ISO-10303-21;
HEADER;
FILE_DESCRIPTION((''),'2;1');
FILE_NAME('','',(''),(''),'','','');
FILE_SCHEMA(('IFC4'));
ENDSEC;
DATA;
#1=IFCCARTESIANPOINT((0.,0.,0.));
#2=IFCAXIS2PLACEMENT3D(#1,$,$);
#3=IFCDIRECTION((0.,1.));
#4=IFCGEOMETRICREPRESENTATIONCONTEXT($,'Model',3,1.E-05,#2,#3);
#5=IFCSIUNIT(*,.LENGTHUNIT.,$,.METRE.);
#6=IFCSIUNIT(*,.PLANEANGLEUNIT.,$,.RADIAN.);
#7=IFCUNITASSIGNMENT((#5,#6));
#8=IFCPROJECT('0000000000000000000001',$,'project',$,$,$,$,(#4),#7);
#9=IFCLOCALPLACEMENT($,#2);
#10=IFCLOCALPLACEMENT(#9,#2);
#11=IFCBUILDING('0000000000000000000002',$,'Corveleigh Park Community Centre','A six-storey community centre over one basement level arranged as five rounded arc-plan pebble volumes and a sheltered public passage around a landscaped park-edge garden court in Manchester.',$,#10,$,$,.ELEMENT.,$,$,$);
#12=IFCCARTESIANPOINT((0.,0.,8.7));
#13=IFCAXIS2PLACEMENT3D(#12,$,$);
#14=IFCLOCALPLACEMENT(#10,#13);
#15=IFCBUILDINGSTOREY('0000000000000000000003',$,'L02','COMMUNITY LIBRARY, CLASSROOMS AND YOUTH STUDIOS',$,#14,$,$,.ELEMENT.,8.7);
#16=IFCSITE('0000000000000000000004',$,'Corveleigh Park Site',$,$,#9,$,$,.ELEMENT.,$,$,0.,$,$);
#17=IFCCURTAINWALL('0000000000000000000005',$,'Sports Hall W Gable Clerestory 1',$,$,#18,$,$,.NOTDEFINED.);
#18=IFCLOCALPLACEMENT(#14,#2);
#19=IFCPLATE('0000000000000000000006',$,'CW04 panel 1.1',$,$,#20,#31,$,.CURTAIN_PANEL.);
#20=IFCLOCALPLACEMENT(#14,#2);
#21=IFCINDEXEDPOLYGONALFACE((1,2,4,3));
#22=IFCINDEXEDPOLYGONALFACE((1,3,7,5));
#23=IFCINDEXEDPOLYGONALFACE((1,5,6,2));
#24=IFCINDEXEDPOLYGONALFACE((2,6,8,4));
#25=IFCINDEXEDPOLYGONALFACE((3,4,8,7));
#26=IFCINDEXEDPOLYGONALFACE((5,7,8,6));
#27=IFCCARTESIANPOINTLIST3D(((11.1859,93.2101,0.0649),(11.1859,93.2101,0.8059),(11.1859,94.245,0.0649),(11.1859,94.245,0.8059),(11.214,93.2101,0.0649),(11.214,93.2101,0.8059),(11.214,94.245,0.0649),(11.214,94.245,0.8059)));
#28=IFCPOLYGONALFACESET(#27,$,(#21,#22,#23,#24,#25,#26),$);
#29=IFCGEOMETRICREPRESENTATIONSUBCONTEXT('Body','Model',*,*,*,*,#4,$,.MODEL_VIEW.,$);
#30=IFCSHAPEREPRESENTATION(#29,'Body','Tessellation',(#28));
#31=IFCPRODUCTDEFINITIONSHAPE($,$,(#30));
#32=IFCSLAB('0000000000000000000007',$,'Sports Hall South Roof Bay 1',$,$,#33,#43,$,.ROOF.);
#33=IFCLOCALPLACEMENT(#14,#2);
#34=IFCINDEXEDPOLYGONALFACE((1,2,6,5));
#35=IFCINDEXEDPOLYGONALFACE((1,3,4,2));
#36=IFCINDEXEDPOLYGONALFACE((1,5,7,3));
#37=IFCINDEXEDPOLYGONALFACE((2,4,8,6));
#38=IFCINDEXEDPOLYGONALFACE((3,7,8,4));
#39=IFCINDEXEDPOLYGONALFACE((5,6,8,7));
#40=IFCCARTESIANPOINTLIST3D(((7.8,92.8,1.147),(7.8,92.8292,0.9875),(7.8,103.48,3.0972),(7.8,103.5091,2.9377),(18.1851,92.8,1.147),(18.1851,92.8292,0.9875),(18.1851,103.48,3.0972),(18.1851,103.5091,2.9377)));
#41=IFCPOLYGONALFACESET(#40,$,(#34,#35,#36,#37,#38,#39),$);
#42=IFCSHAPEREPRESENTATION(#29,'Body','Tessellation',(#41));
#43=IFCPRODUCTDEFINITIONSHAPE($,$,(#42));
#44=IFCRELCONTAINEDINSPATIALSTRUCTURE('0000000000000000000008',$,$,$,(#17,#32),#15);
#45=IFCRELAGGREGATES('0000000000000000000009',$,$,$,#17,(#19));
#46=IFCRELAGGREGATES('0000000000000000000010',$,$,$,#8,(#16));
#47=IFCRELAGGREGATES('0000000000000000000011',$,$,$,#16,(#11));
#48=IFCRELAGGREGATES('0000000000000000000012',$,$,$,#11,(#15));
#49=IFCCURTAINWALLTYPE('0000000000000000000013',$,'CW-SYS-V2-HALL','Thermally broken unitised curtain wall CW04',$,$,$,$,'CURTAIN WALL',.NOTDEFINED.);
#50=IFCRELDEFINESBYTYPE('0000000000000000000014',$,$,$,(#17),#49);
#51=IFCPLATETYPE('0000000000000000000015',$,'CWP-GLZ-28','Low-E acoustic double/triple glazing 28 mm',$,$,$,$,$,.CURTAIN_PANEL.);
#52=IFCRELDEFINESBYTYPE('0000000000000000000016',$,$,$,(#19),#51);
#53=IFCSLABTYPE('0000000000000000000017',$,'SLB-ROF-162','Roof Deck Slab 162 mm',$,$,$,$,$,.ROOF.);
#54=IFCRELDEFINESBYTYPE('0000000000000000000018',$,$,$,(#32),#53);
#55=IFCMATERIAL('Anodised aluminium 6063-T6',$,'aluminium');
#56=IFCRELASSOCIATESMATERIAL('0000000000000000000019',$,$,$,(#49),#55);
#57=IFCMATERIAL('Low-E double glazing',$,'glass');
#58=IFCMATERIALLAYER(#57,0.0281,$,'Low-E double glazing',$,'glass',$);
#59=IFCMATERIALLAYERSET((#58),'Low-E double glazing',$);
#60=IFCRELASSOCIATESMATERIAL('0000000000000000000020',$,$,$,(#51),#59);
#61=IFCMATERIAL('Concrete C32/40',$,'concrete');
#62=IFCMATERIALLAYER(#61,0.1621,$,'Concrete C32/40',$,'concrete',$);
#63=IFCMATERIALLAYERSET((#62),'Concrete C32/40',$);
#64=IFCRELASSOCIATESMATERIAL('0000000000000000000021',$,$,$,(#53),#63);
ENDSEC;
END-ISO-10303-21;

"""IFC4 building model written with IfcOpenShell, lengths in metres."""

from ifc_helpers import new_model, si_unit, direction, frame, origin, origin_2d, place, context, subcontext, project, spatial, polyline, rectangle, outline, extrude, material, layer, layer_set, type_object, element, aggregate, save


model = new_model("IFC4")

# Units and contexts
model_context = context("Model", 3, precision=1e-05, world=origin(), true_north=direction((0.0, 1.0)))
body_context = subcontext(model_context, "Body", "Model", "MODEL_VIEW")
ifc_project = project(units=[si_unit("LENGTHUNIT", "METRE"), si_unit("PLANEANGLEUNIT", "RADIAN")], contexts=[model_context])

# Site, building, storey
site_placement = place(None, origin())
site = spatial("IfcSite", under=ifc_project, at=site_placement, Name="Corveleigh Park Site", CompositionType="ELEMENT", RefElevation=0.0)
building_placement = place(site_placement, origin())
building = spatial("IfcBuilding", under=site, at=building_placement, Name="Corveleigh Park Community Centre", Description="A six-storey community centre over one basement level arranged as five rounded arc-plan pebble volumes and a sheltered public passage around a landscaped park-edge garden court in Manchester.", CompositionType="ELEMENT")
storey_placement = place(building_placement, frame((0.0, 0.0, 8.7)))
storey = spatial("IfcBuildingStorey", under=building, at=storey_placement, Name="L02", Description="COMMUNITY LIBRARY, CLASSROOMS AND YOUTH STUDIOS", CompositionType="ELEMENT", Elevation=8.7)

# Curtain wall
ifc_material_1 = material(Name="Anodised aluminium 6063-T6", Category="aluminium")
curtain_wall_type = type_object("IfcCurtainWallType", Name="CW-SYS-V2-HALL", Description="Thermally broken unitised curtain wall CW04", ElementType="CURTAIN WALL", PredefinedType="NOTDEFINED", material=ifc_material_1)
curtain_wall_1_placement = place(storey_placement, origin())
curtain_wall_1 = element("IfcCurtainWall", 1, at=curtain_wall_1_placement, inside=storey, type_object=curtain_wall_type, Name="Sports Hall W Gable Clerestory 1", PredefinedType="NOTDEFINED")

# Plate
ifc_material_2 = material(Name="Low-E double glazing", Category="glass")
ifc_layer_1 = layer(ifc_material_2, 0.0281, Name="Low-E double glazing", Category="glass")
ifc_layer_set_1 = layer_set([ifc_layer_1], Name="Low-E double glazing")
plate_type = type_object("IfcPlateType", Name="CWP-GLZ-28", Description="Low-E acoustic double/triple glazing 28 mm", PredefinedType="CURTAIN_PANEL", material=ifc_layer_set_1)
plate_1_placement = place(storey_placement, frame((11.2, 93.7275, 0.0649), z_axis=(0.0, 0.0, 1.0), x_axis=(0.0, 1.0, 0.0)))
plate_1 = element("IfcPlate", 2, at=plate_1_placement, type_object=plate_type, Name="CW04 panel 1.1", PredefinedType="CURTAIN_PANEL", context=body_context, shape_type="SweptSolid", body=[
    extrude(rectangle(XDim=1.0349, YDim=0.0281, at=origin_2d()), origin(), (0.0, 0.0, 1.0), 0.741),
])
aggregate(curtain_wall_1, [plate_1])

# Slab
ifc_material_3 = material(Name="Concrete C32/40", Category="concrete")
ifc_layer_2 = layer(ifc_material_3, 0.1621, Name="Concrete C32/40", Category="concrete")
ifc_layer_set_2 = layer_set([ifc_layer_2], Name="Concrete C32/40")
slab_type = type_object("IfcSlabType", Name="SLB-ROF-162", Description="Roof Deck Slab 162 mm", PredefinedType="ROOF", material=ifc_layer_set_2)
slab_placement = place(storey_placement, frame((7.8, 92.8, 1.147), z_axis=(0.0, -0.179633, 0.983734), x_axis=(1.0, 0.0, 0.0)))
element("IfcSlab", 3, at=slab_placement, inside=storey, type_object=slab_type, Name="Sports Hall South Roof Bay 1", PredefinedType="ROOF", context=body_context, shape_type="SweptSolid", body=[
    extrude(outline(polyline([(0.0, 0.0), (10.385, 0.0), (10.385, 10.8565), (0.0, 10.8565), (0.0, 0.0)])), origin(), (0.0, 0.0, -1.0), 0.1621),
])

save(model, "model.ifc")
